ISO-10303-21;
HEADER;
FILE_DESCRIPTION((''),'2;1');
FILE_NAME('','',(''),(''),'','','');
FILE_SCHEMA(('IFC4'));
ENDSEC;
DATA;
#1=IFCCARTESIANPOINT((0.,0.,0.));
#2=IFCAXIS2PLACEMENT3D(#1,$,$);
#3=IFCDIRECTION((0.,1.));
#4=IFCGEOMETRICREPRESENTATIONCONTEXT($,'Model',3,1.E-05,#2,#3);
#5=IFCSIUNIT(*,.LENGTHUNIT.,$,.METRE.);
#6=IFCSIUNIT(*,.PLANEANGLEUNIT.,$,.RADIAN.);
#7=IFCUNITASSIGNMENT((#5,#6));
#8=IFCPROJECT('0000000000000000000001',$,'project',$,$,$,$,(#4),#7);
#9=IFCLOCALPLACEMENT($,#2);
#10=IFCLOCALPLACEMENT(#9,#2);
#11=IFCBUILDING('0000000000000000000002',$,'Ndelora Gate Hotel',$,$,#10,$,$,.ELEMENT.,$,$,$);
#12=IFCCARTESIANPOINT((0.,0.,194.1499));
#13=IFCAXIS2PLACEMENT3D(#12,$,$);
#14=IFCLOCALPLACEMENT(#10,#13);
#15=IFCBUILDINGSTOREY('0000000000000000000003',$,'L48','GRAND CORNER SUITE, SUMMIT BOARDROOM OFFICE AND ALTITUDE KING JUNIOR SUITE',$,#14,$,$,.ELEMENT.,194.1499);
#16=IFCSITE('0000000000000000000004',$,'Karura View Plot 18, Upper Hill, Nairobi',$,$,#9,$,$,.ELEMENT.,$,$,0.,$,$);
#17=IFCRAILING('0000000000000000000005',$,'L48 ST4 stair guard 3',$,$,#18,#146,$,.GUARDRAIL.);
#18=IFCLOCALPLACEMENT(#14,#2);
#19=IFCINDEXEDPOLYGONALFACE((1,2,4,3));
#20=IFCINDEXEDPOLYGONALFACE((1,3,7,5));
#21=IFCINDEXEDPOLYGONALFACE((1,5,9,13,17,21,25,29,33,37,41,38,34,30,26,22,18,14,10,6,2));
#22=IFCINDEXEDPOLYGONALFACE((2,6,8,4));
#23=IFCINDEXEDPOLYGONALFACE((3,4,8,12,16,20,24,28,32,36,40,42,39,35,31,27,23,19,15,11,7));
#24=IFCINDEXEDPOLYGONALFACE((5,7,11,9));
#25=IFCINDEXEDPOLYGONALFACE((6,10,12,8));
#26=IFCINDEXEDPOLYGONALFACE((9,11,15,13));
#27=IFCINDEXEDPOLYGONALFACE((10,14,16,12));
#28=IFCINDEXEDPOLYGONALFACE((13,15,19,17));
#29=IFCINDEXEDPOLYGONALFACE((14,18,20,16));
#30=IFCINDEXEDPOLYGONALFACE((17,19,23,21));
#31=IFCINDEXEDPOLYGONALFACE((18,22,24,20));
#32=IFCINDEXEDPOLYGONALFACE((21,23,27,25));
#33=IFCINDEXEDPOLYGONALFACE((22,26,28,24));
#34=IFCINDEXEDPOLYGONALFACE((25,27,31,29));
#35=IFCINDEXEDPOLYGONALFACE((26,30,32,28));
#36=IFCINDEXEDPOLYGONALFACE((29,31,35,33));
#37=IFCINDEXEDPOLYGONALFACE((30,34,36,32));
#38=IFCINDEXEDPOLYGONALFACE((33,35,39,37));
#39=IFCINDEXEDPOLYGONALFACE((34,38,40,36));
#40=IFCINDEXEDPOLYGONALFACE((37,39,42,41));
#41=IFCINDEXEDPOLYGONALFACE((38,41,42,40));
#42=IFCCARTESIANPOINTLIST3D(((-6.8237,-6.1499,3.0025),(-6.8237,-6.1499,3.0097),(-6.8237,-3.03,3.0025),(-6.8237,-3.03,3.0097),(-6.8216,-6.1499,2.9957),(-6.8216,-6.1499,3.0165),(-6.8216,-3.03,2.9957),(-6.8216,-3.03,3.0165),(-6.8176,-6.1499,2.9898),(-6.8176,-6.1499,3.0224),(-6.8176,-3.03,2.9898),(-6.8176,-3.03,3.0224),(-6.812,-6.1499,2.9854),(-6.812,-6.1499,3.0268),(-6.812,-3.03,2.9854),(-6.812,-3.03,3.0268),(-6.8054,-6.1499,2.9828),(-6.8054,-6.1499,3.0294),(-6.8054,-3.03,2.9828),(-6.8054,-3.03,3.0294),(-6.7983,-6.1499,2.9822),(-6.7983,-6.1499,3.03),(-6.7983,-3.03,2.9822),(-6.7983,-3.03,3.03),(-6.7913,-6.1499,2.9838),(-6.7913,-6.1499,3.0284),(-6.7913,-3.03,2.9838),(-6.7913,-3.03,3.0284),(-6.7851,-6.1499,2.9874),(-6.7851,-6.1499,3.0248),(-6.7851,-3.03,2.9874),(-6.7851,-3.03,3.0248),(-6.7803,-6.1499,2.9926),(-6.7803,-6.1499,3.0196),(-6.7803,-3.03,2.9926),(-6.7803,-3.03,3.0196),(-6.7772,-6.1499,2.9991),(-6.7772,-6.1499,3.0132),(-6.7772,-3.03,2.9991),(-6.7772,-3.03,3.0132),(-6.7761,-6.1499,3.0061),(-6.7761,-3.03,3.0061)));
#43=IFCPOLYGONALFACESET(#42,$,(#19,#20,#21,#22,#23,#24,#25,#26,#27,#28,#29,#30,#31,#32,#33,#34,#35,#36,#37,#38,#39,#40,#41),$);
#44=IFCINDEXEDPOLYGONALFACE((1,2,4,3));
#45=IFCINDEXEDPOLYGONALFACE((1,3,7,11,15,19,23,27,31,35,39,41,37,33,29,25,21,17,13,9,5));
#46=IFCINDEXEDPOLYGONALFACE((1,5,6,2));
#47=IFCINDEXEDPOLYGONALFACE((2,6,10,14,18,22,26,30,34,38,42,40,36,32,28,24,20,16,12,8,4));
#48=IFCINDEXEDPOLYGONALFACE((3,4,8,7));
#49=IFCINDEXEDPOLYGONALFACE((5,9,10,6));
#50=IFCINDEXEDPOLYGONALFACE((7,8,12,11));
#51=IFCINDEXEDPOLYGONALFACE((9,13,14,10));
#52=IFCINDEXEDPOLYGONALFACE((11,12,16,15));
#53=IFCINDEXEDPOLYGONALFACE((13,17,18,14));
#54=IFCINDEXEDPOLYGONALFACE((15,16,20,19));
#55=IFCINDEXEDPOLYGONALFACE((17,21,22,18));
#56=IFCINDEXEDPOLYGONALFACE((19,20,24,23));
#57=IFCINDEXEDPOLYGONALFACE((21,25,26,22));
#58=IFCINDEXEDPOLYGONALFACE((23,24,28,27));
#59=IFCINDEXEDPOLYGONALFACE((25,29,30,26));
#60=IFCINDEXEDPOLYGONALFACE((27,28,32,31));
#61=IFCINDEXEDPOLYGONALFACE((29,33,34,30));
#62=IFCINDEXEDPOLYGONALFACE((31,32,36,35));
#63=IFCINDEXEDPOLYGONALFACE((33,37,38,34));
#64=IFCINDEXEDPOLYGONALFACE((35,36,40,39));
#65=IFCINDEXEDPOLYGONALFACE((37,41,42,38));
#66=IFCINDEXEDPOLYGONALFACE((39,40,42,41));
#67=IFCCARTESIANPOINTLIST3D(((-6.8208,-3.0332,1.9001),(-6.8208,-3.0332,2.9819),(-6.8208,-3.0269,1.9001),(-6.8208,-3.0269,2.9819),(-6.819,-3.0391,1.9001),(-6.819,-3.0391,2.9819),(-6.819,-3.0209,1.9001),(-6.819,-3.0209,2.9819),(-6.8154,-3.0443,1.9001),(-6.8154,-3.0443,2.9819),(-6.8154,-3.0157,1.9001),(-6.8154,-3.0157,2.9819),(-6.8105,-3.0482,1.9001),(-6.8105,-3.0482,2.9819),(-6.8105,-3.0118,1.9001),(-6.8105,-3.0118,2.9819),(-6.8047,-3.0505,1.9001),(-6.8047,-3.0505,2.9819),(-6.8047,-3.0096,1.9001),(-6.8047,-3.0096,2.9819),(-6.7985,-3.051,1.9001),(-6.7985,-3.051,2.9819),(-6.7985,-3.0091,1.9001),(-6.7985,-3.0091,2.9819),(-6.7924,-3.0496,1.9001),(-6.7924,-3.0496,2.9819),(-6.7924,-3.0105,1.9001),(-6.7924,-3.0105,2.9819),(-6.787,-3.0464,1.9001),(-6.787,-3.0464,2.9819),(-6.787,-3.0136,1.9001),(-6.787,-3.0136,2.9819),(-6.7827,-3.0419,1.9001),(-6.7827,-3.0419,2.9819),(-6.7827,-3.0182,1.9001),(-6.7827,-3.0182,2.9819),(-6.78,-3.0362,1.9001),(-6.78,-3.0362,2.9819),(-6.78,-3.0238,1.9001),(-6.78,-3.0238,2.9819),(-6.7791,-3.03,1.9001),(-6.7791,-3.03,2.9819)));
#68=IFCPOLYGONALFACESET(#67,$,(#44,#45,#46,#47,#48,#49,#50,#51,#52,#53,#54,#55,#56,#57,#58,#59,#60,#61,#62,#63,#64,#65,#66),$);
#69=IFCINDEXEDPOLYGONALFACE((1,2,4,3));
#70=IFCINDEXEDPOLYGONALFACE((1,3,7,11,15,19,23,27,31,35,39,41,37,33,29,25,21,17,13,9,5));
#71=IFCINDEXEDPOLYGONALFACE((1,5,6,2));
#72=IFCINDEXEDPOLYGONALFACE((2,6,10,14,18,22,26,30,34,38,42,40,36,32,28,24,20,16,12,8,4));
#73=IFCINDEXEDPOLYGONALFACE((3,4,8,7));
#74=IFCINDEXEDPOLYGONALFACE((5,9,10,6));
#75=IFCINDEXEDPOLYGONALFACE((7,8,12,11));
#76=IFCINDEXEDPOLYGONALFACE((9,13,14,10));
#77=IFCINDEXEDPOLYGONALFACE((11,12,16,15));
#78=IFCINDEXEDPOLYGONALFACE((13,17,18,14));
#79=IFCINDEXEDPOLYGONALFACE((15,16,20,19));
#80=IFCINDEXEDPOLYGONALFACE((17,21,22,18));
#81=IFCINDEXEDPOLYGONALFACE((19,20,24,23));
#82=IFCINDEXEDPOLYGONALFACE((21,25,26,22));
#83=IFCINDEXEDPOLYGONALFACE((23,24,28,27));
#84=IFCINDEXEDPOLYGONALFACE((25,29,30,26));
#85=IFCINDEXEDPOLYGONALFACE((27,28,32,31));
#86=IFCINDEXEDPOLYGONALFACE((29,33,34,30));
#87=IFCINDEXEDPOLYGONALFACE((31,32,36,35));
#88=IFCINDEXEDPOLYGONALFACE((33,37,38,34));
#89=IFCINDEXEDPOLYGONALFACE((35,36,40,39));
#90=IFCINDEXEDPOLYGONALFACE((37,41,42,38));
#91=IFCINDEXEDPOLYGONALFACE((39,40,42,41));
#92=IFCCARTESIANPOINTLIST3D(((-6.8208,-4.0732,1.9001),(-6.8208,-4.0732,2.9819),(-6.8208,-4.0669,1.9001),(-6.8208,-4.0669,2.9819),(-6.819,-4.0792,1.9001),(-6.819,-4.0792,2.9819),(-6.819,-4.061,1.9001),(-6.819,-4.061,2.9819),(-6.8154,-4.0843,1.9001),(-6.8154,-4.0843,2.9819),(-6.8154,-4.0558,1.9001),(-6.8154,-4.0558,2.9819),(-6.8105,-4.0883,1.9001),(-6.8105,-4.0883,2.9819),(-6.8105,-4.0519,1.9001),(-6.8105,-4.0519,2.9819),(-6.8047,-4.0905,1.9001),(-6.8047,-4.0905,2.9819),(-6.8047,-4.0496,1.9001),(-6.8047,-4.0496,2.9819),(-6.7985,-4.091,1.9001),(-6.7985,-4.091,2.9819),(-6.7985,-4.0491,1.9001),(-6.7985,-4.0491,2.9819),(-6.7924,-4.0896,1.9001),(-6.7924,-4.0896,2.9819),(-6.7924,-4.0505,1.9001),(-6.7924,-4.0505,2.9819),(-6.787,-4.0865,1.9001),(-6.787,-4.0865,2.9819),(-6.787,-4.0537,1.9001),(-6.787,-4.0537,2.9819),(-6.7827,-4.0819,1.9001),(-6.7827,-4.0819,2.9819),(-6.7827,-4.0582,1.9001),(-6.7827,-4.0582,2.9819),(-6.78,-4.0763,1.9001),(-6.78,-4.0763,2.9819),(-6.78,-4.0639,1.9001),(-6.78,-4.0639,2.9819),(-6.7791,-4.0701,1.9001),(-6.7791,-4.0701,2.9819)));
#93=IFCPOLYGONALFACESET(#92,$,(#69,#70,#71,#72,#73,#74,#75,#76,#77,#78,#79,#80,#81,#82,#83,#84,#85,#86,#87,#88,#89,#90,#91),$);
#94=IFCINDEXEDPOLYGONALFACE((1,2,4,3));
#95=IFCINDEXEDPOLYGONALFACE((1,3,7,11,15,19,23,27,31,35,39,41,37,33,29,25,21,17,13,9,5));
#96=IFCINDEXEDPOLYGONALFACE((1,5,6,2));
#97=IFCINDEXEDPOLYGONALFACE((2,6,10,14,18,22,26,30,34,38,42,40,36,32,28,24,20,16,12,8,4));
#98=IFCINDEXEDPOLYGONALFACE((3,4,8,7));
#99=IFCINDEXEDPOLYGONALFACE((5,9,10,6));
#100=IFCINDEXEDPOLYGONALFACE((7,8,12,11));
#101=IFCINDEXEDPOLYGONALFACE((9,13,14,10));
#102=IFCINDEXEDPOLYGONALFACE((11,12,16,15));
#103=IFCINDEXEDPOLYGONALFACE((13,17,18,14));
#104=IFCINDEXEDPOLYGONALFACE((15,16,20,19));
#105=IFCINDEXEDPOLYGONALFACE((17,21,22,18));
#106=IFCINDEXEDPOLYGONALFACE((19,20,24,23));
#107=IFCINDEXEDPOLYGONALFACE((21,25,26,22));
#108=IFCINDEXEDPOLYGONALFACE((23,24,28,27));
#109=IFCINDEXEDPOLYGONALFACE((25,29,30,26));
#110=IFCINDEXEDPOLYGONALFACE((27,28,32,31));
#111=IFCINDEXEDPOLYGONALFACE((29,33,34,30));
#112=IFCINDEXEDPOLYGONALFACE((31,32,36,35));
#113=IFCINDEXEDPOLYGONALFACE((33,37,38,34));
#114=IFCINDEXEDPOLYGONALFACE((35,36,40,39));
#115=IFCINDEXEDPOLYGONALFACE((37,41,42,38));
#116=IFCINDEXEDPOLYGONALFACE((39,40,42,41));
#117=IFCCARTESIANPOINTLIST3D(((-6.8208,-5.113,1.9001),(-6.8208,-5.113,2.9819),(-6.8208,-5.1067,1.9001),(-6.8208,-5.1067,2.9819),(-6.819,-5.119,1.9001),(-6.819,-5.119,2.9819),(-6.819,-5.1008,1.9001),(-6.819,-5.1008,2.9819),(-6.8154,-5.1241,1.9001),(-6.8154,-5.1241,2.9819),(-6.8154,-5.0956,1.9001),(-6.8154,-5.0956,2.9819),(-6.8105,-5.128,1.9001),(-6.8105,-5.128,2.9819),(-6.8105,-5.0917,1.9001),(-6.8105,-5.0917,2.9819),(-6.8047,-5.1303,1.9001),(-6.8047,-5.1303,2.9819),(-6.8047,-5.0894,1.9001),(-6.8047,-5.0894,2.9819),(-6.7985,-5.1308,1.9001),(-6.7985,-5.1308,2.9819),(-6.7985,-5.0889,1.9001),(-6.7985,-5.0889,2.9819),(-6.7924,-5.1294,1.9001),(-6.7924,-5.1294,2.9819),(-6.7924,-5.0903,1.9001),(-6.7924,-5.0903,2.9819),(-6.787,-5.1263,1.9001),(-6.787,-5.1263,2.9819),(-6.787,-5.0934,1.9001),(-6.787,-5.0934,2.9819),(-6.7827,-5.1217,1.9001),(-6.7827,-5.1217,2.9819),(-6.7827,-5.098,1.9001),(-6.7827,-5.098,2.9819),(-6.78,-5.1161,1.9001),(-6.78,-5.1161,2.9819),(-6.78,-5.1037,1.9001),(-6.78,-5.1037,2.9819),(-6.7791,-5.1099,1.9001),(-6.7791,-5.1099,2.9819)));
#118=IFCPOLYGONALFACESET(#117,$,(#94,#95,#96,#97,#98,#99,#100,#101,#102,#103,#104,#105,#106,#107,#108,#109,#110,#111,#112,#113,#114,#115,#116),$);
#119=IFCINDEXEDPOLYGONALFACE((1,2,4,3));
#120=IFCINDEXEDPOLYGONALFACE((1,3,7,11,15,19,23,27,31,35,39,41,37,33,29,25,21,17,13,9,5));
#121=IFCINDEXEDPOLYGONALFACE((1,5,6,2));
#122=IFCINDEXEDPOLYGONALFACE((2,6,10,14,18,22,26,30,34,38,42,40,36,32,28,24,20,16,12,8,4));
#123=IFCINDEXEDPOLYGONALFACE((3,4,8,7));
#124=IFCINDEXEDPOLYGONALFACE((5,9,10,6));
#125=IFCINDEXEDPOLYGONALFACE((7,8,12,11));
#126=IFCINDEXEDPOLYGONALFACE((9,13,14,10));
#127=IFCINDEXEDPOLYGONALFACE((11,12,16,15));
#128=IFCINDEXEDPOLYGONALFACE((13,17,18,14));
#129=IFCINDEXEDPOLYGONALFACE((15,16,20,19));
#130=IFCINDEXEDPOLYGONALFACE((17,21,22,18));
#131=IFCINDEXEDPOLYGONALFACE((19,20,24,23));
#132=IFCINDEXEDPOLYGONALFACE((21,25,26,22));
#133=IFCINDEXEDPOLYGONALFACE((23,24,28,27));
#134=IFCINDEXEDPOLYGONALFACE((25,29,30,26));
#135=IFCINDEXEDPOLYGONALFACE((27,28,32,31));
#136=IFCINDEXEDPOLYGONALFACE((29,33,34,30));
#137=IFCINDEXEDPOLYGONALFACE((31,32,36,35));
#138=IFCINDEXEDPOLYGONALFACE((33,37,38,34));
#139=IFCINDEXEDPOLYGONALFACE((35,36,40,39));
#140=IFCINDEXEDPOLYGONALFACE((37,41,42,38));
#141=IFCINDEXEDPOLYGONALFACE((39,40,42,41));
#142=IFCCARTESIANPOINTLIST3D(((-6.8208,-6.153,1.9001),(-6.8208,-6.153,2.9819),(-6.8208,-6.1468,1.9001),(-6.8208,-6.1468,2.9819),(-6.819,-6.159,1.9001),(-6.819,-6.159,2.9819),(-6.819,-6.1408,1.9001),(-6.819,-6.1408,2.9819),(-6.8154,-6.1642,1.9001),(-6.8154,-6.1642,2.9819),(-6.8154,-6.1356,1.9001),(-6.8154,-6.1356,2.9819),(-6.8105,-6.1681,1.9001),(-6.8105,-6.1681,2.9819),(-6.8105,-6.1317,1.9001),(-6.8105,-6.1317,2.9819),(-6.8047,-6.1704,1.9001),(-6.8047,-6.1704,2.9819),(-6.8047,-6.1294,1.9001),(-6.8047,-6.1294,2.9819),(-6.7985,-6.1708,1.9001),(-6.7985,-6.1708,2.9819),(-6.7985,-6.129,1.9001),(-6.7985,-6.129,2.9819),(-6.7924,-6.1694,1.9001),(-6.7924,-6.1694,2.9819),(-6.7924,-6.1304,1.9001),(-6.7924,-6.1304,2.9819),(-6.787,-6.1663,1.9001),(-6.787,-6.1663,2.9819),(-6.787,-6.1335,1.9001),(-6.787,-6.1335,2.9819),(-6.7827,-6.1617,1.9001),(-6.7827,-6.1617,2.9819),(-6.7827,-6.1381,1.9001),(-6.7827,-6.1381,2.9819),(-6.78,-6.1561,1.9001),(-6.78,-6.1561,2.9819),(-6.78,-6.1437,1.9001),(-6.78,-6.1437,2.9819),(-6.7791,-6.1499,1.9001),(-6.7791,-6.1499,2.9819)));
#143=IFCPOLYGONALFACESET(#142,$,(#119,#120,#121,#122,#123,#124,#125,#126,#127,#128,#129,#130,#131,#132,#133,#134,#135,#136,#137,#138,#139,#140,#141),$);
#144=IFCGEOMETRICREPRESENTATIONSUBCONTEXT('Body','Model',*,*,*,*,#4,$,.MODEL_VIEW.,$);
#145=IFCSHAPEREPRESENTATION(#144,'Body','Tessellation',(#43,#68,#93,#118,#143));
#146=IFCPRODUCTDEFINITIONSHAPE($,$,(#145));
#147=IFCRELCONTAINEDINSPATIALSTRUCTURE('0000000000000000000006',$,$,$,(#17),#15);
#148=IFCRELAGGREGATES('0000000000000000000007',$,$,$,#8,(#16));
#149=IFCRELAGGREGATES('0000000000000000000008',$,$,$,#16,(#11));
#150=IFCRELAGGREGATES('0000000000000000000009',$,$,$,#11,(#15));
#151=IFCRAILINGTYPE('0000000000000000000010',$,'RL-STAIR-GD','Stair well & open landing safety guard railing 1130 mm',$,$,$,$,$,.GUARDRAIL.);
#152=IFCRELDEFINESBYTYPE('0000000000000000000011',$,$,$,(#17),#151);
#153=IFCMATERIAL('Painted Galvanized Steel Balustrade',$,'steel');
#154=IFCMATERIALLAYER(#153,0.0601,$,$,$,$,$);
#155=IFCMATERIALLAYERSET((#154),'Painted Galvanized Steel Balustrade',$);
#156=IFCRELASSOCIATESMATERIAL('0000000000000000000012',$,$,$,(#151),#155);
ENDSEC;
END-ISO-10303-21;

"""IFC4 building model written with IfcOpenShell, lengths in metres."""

from ifc_helpers import new_model, si_unit, direction, frame, origin, origin_2d, place, context, subcontext, project, spatial, circle, extrude, material, layer, layer_set, type_object, element, save


model = new_model("IFC4")

# Units and contexts
model_context = context("Model", 3, precision=1e-05, world=origin(), true_north=direction((0.0, 1.0)))
body_context = subcontext(model_context, "Body", "Model", "MODEL_VIEW")
ifc_project = project(units=[si_unit("LENGTHUNIT", "METRE"), si_unit("PLANEANGLEUNIT", "RADIAN")], contexts=[model_context])

# Site, building, storey
site_placement = place(None, origin())
site = spatial("IfcSite", under=ifc_project, at=site_placement, Name="Karura View Plot 18, Upper Hill, Nairobi", CompositionType="ELEMENT", RefElevation=0.0)
building_placement = place(site_placement, origin())
building = spatial("IfcBuilding", under=site, at=building_placement, Name="Ndelora Gate Hotel", CompositionType="ELEMENT")
storey_placement = place(building_placement, frame((0.0, 0.0, 194.1499)))
storey = spatial("IfcBuildingStorey", under=building, at=storey_placement, Name="L48", Description="GRAND CORNER SUITE, SUMMIT BOARDROOM OFFICE AND ALTITUDE KING JUNIOR SUITE", CompositionType="ELEMENT", Elevation=194.1499)

# Railing
ifc_material_1 = material(Name="Painted Galvanized Steel Balustrade", Category="steel")
ifc_layer_1 = layer(ifc_material_1, 0.0601)
ifc_layer_set_1 = layer_set([ifc_layer_1], Name="Painted Galvanized Steel Balustrade")
railing_type_1 = type_object("IfcRailingType", Name="RL-STAIR-GD", Description="Stair well & open landing safety guard railing 1130 mm", PredefinedType="GUARDRAIL", material=ifc_layer_set_1)
for number, where, name in (
    (1, (-6.8, -3.03, 1.9001), "L48 ST4 stair guard 3"),
):
    element("IfcRailing", number, at=place(storey_placement, frame(where)), inside=storey, type_object=railing_type_1, Name=name, PredefinedType="GUARDRAIL", context=body_context, shape_type="SweptSolid", body=[
        extrude(circle(Radius=0.0239, at=origin_2d()), frame((0.0, 0.0, 1.106), z_axis=(0.0, -1.0, 0.0), x_axis=(1.0, 0.0, 0.0)), (0.0, 0.0, 1.0), 3.1199),
        extrude(circle(Radius=0.021, at=origin_2d()), origin(), (0.0, 0.0, 1.0), 1.0818),
        extrude(circle(Radius=0.021, at=origin_2d()), frame((0.0, -1.04, 0.0)), (0.0, 0.0, 1.0), 1.0818),
        extrude(circle(Radius=0.021, at=origin_2d()), frame((0.0, -2.0798, 0.0)), (0.0, 0.0, 1.0), 1.0818),
        extrude(circle(Radius=0.021, at=origin_2d()), frame((0.0, -3.1199, 0.0)), (0.0, 0.0, 1.0), 1.0818),
    ])

save(model, "model.ifc")
